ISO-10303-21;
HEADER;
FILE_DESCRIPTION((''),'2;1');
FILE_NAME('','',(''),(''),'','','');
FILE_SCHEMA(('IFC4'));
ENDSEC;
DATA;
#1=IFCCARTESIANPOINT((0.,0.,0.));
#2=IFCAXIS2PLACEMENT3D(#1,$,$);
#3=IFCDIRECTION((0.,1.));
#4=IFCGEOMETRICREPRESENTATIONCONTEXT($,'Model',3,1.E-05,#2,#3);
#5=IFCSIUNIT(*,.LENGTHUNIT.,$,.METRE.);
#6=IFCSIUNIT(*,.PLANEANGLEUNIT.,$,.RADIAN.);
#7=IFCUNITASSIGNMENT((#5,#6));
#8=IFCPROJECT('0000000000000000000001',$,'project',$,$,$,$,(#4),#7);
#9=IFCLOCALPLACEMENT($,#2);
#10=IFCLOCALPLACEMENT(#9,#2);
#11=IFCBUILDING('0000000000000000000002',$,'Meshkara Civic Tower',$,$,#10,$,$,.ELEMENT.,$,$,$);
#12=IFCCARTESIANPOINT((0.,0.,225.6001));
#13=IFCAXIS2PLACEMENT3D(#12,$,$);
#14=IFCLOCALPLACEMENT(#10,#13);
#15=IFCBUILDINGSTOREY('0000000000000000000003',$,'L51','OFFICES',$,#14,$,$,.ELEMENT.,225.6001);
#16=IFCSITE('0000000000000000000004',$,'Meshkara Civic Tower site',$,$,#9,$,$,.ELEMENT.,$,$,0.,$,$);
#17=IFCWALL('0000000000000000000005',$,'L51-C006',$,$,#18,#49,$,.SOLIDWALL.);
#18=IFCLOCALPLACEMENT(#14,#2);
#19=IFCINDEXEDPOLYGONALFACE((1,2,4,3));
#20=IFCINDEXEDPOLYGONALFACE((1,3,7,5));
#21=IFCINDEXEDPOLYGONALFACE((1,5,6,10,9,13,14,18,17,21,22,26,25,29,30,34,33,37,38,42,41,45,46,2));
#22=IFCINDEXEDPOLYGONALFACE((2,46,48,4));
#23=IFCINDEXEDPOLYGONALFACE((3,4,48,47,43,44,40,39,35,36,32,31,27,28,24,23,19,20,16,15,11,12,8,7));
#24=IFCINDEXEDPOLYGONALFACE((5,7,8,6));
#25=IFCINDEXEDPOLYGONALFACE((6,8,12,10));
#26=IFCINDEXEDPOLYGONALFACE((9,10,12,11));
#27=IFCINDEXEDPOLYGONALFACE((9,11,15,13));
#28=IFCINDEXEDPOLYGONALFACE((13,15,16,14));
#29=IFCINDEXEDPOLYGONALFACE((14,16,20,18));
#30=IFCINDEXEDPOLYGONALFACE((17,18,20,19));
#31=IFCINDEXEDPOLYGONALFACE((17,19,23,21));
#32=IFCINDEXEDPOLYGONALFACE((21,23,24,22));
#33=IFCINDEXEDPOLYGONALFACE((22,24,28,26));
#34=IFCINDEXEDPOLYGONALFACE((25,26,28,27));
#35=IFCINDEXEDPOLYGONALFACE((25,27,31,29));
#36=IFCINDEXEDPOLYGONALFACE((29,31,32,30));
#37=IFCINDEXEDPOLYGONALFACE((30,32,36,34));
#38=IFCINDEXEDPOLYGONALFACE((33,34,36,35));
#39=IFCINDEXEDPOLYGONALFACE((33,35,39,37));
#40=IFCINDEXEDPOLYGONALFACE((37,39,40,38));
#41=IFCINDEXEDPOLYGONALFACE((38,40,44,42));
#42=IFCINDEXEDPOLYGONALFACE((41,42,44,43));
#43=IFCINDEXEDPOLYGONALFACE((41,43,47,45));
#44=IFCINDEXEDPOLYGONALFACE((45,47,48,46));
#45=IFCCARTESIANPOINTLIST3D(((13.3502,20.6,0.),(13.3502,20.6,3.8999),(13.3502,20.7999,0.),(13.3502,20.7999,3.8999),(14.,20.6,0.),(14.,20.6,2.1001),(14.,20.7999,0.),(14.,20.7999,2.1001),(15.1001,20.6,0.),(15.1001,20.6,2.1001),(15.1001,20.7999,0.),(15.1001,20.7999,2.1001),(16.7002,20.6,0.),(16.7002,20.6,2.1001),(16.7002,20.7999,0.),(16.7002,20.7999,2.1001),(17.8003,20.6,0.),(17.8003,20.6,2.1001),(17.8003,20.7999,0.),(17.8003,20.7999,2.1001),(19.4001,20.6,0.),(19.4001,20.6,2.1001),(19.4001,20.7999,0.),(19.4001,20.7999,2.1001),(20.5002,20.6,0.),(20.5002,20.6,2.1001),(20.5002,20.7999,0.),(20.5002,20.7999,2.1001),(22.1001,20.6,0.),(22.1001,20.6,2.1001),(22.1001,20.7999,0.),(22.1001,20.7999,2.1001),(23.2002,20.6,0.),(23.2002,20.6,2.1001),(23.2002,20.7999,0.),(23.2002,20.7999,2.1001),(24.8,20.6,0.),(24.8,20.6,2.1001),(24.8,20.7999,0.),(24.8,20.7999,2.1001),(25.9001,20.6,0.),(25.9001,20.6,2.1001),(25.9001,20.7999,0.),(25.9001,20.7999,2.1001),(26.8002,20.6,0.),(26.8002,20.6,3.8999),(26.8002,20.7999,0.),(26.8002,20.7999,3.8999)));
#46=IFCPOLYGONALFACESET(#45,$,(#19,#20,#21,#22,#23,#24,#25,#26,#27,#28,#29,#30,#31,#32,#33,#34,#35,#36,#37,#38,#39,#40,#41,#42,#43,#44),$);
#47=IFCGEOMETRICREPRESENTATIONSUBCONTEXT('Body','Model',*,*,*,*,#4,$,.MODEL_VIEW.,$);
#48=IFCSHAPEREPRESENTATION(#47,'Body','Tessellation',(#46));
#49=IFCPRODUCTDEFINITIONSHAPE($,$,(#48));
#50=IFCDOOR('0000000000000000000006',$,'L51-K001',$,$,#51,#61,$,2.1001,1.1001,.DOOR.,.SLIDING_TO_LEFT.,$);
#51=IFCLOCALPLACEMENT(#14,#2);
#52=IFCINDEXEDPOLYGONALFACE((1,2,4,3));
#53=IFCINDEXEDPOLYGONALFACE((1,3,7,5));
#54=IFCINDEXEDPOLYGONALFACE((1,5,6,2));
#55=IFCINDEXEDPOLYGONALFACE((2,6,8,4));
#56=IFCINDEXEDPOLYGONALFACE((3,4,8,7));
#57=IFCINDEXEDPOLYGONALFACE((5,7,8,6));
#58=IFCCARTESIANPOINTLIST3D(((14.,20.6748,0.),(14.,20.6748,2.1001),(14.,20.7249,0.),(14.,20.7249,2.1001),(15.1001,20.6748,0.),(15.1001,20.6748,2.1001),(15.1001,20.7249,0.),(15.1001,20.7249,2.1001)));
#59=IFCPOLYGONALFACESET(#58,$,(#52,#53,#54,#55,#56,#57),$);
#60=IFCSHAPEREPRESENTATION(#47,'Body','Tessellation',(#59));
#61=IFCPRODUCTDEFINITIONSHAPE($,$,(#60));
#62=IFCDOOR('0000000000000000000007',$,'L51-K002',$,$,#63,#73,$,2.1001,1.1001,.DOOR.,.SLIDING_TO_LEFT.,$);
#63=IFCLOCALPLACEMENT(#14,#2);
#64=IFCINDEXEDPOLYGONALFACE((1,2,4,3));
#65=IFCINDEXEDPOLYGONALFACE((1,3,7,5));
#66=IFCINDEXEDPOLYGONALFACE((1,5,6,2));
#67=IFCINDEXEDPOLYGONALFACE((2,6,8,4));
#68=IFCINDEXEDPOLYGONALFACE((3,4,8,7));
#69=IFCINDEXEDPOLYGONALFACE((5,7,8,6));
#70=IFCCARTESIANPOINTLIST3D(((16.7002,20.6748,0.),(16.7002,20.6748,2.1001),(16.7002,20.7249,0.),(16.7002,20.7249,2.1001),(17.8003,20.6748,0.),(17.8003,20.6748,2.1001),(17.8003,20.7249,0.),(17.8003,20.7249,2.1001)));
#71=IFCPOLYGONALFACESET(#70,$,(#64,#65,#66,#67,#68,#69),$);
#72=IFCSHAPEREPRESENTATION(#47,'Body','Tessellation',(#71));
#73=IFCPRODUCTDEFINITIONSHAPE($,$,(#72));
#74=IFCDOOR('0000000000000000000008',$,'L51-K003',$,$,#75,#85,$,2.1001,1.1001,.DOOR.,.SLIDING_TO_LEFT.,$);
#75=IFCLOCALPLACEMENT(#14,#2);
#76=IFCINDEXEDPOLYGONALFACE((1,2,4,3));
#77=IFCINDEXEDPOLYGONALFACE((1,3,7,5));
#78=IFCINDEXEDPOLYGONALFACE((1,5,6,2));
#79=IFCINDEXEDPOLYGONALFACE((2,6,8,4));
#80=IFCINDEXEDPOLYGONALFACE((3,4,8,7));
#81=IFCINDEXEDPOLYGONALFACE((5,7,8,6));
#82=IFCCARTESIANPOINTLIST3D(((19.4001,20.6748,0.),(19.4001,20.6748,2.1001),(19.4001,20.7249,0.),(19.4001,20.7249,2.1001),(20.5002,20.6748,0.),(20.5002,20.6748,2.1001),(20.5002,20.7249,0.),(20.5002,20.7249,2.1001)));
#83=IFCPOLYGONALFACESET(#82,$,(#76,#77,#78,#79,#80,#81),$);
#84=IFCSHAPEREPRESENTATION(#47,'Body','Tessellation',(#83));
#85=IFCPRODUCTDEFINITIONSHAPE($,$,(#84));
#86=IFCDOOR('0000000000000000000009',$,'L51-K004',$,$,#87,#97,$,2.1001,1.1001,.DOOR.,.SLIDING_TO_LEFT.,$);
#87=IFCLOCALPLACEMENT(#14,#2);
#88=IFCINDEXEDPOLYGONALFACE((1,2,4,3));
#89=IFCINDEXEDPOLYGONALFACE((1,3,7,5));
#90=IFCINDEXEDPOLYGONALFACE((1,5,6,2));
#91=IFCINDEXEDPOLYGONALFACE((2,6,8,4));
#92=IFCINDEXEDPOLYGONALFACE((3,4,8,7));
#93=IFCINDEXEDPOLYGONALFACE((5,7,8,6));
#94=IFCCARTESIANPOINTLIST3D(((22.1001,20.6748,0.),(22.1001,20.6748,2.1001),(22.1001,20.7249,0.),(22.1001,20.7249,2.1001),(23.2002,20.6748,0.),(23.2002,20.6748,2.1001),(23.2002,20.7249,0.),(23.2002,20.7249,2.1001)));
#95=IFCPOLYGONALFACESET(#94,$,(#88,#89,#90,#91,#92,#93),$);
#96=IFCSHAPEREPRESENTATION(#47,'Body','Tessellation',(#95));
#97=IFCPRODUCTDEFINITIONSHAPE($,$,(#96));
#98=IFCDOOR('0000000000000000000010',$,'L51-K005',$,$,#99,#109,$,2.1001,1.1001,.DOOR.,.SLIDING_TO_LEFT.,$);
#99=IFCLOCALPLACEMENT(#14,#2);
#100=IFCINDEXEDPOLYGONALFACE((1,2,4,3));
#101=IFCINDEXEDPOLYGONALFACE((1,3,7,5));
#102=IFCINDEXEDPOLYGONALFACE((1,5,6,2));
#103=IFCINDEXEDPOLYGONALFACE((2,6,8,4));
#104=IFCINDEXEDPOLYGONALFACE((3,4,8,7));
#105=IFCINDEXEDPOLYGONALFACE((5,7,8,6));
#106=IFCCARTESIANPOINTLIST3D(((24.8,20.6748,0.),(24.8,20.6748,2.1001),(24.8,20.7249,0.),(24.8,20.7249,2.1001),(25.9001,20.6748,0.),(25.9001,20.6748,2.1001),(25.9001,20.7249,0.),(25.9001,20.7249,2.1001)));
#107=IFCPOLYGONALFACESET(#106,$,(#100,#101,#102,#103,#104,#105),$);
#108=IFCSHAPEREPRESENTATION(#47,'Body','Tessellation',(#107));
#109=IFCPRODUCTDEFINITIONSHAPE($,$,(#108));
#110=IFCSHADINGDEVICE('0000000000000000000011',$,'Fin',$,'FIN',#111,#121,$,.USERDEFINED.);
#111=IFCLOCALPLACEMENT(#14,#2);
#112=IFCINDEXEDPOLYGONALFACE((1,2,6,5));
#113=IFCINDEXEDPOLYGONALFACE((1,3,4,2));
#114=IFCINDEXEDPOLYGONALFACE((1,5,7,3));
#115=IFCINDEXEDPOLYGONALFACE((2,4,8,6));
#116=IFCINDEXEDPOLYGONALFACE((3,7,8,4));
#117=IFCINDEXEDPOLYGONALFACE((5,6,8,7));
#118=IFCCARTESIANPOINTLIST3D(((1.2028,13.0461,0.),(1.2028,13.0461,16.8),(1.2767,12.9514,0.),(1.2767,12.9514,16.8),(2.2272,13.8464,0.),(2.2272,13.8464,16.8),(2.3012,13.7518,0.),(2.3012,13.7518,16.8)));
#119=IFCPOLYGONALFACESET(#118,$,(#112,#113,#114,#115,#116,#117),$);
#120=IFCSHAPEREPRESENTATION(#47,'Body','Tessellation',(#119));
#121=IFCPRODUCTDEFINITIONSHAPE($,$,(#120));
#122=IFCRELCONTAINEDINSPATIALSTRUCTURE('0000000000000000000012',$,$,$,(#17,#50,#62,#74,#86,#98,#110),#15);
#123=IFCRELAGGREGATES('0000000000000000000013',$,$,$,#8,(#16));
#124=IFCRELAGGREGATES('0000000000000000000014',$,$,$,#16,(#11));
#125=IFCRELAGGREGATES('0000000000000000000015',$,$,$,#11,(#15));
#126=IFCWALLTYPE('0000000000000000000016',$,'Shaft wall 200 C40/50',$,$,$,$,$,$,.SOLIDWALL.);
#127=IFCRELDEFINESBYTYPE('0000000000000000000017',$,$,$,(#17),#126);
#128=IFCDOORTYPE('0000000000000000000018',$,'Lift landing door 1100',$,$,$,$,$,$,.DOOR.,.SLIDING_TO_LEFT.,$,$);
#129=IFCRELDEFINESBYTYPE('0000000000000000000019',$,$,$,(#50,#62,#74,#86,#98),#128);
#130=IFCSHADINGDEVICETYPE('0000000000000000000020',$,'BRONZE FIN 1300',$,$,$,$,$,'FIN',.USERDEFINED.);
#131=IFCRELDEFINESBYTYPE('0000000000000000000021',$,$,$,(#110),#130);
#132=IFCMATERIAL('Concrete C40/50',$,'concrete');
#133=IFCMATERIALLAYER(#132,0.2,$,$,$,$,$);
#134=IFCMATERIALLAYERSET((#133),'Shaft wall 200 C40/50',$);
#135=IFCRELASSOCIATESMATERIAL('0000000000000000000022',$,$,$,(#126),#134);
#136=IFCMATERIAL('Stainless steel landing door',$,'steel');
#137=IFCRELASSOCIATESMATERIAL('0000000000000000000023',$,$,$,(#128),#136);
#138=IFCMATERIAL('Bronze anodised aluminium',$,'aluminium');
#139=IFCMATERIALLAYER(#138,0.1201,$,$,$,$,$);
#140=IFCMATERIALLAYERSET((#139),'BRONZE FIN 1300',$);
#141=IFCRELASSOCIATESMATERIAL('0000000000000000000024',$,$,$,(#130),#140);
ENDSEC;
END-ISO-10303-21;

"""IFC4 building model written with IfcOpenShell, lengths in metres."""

from ifc_helpers import new_model, si_unit, direction, frame, frame_2d, origin, origin_2d, place, context, subcontext, project, spatial, rectangle, extrude, material, layer, layer_set, type_object, element, fill, save


model = new_model("IFC4")

# Units and contexts
model_context = context("Model", 3, precision=1e-05, world=origin(), true_north=direction((0.0, 1.0)))
body_context = subcontext(model_context, "Body", "Model", "MODEL_VIEW")
ifc_project = project(units=[si_unit("LENGTHUNIT", "METRE"), si_unit("PLANEANGLEUNIT", "RADIAN")], contexts=[model_context])

# Site, building, storey
site_placement = place(None, origin())
site = spatial("IfcSite", under=ifc_project, at=site_placement, Name="Meshkara Civic Tower site", CompositionType="ELEMENT", RefElevation=0.0)
building_placement = place(site_placement, origin())
building = spatial("IfcBuilding", under=site, at=building_placement, Name="Meshkara Civic Tower", CompositionType="ELEMENT")
storey_placement = place(building_placement, frame((0.0, 0.0, 225.6001)))
storey = spatial("IfcBuildingStorey", under=building, at=storey_placement, Name="L51", Description="OFFICES", CompositionType="ELEMENT", Elevation=225.6001)

# Wall, openings, doors
ifc_material_1 = material(Name="Concrete C40/50", Category="concrete")
ifc_layer_1 = layer(ifc_material_1, 0.2)
ifc_layer_set_1 = layer_set([ifc_layer_1], Name="Shaft wall 200 C40/50")
wall_type_1 = type_object("IfcWallType", Name="Shaft wall 200 C40/50", PredefinedType="SOLIDWALL", material=ifc_layer_set_1)
wall_1_placement = place(storey_placement, frame((13.3501, 20.7, 0.0), z_axis=(0.0, 0.0, 1.0), x_axis=(1.0, 0.0, 0.0)))
wall_1 = element("IfcWall", 1, at=wall_1_placement, inside=storey, type_object=wall_type_1, Name="L51-C006", PredefinedType="SOLIDWALL", context=body_context, shape_type="SweptSolid", body=[
    extrude(rectangle(XDim=13.45, YDim=0.2, at=frame_2d((6.7251, 0.0))), origin(), (0.0, 0.0, 1.0), 3.8999),
])
opening_1_placement = place(wall_1_placement, frame((0.6499, 0.0, 0.0)))
opening_1 = element("IfcOpeningElement", 2, at=opening_1_placement, cuts=wall_1, PredefinedType="OPENING", context=body_context, shape_type="SweptSolid", body=[
    extrude(rectangle(XDim=1.1001, YDim=2.1001, at=frame_2d((0.55, 1.05))), frame((0.0, 0.1099, 0.0), z_axis=(0.0, -1.0, 0.0), x_axis=(1.0, 0.0, 0.0)), (0.0, 0.0, 1.0), 0.22),
])
opening_2_placement = place(wall_1_placement, frame((3.3501, 0.0, 0.0)))
opening_2 = element("IfcOpeningElement", 3, at=opening_2_placement, cuts=wall_1, PredefinedType="OPENING", context=body_context, shape_type="SweptSolid", body=[
    extrude(rectangle(XDim=1.1001, YDim=2.1001, at=frame_2d((0.55, 1.05))), frame((0.0, 0.1099, 0.0), z_axis=(0.0, -1.0, 0.0), x_axis=(1.0, 0.0, 0.0)), (0.0, 0.0, 1.0), 0.22),
])
opening_3_placement = place(wall_1_placement, frame((6.05, 0.0, 0.0)))
opening_3 = element("IfcOpeningElement", 4, at=opening_3_placement, cuts=wall_1, PredefinedType="OPENING", context=body_context, shape_type="SweptSolid", body=[
    extrude(rectangle(XDim=1.1001, YDim=2.1001, at=frame_2d((0.55, 1.05))), frame((0.0, 0.1099, 0.0), z_axis=(0.0, -1.0, 0.0), x_axis=(1.0, 0.0, 0.0)), (0.0, 0.0, 1.0), 0.22),
])
opening_4_placement = place(wall_1_placement, frame((8.75, 0.0, 0.0)))
opening_4 = element("IfcOpeningElement", 5, at=opening_4_placement, cuts=wall_1, PredefinedType="OPENING", context=body_context, shape_type="SweptSolid", body=[
    extrude(rectangle(XDim=1.1001, YDim=2.1001, at=frame_2d((0.55, 1.05))), frame((0.0, 0.1099, 0.0), z_axis=(0.0, -1.0, 0.0), x_axis=(1.0, 0.0, 0.0)), (0.0, 0.0, 1.0), 0.22),
])
opening_5_placement = place(wall_1_placement, frame((11.45, 0.0, 0.0)))
opening_5 = element("IfcOpeningElement", 6, at=opening_5_placement, cuts=wall_1, PredefinedType="OPENING", context=body_context, shape_type="SweptSolid", body=[
    extrude(rectangle(XDim=1.1001, YDim=2.1001, at=frame_2d((0.55, 1.05))), frame((0.0, 0.1099, 0.0), z_axis=(0.0, -1.0, 0.0), x_axis=(1.0, 0.0, 0.0)), (0.0, 0.0, 1.0), 0.22),
])
ifc_material_2 = material(Name="Stainless steel landing door", Category="steel")
door_type_1 = type_object("IfcDoorType", Name="Lift landing door 1100", OperationType="SLIDING_TO_LEFT", PredefinedType="DOOR", material=ifc_material_2)
door_1_placement = place(opening_1_placement, origin())
door_1 = element("IfcDoor", 7, at=door_1_placement, inside=storey, type_object=door_type_1, Name="L51-K001", OperationType="SLIDING_TO_LEFT", OverallHeight=2.1001, OverallWidth=1.1001, PredefinedType="DOOR", context=body_context, shape_type="SweptSolid", body=[
    extrude(rectangle(XDim=1.1001, YDim=2.1001, at=frame_2d((0.55, 1.05))), frame((0.0, 0.0249, 0.0), z_axis=(0.0, -1.0, 0.0), x_axis=(1.0, 0.0, 0.0)), (0.0, 0.0, 1.0), 0.05),
])
fill(opening_1, door_1)
door_2_placement = place(opening_2_placement, origin())
door_2 = element("IfcDoor", 8, at=door_2_placement, inside=storey, type_object=door_type_1, Name="L51-K002", OperationType="SLIDING_TO_LEFT", OverallHeight=2.1001, OverallWidth=1.1001, PredefinedType="DOOR", context=body_context, shape_type="SweptSolid", body=[
    extrude(rectangle(XDim=1.1001, YDim=2.1001, at=frame_2d((0.55, 1.05))), frame((0.0, 0.0249, 0.0), z_axis=(0.0, -1.0, 0.0), x_axis=(1.0, 0.0, 0.0)), (0.0, 0.0, 1.0), 0.05),
])
fill(opening_2, door_2)
door_3_placement = place(opening_3_placement, origin())
door_3 = element("IfcDoor", 9, at=door_3_placement, inside=storey, type_object=door_type_1, Name="L51-K003", OperationType="SLIDING_TO_LEFT", OverallHeight=2.1001, OverallWidth=1.1001, PredefinedType="DOOR", context=body_context, shape_type="SweptSolid", body=[
    extrude(rectangle(XDim=1.1001, YDim=2.1001, at=frame_2d((0.55, 1.05))), frame((0.0, 0.0249, 0.0), z_axis=(0.0, -1.0, 0.0), x_axis=(1.0, 0.0, 0.0)), (0.0, 0.0, 1.0), 0.05),
])
fill(opening_3, door_3)
door_4_placement = place(opening_4_placement, origin())
door_4 = element("IfcDoor", 10, at=door_4_placement, inside=storey, type_object=door_type_1, Name="L51-K004", OperationType="SLIDING_TO_LEFT", OverallHeight=2.1001, OverallWidth=1.1001, PredefinedType="DOOR", context=body_context, shape_type="SweptSolid", body=[
    extrude(rectangle(XDim=1.1001, YDim=2.1001, at=frame_2d((0.55, 1.05))), frame((0.0, 0.0249, 0.0), z_axis=(0.0, -1.0, 0.0), x_axis=(1.0, 0.0, 0.0)), (0.0, 0.0, 1.0), 0.05),
])
fill(opening_4, door_4)
door_5_placement = place(opening_5_placement, origin())
door_5 = element("IfcDoor", 11, at=door_5_placement, inside=storey, type_object=door_type_1, Name="L51-K005", OperationType="SLIDING_TO_LEFT", OverallHeight=2.1001, OverallWidth=1.1001, PredefinedType="DOOR", context=body_context, shape_type="SweptSolid", body=[
    extrude(rectangle(XDim=1.1001, YDim=2.1001, at=frame_2d((0.55, 1.05))), frame((0.0, 0.0249, 0.0), z_axis=(0.0, -1.0, 0.0), x_axis=(1.0, 0.0, 0.0)), (0.0, 0.0, 1.0), 0.05),
])
fill(opening_5, door_5)

# Shading device
ifc_material_3 = material(Name="Bronze anodised aluminium", Category="aluminium")
ifc_layer_2 = layer(ifc_material_3, 0.1201)
ifc_layer_set_2 = layer_set([ifc_layer_2], Name="BRONZE FIN 1300")
shading_device_type = type_object("IfcShadingDeviceType", Name="BRONZE FIN 1300", ElementType="FIN", PredefinedType="USERDEFINED", material=ifc_layer_set_2)
shading_device_placement = place(storey_placement, frame((1.752, 13.3989, 0.0), z_axis=(0.0, 0.0, 1.0), x_axis=(0.615661, -0.788011, 0.0)))
element("IfcShadingDevice", 12, at=shading_device_placement, inside=storey, type_object=shading_device_type, Name="Fin", ObjectType="FIN", PredefinedType="USERDEFINED", context=body_context, shape_type="SweptSolid", body=[
    extrude(rectangle(XDim=0.1201, YDim=1.3, at=origin_2d()), origin(), (0.0, 0.0, 1.0), 16.8),
])

save(model, "model.ifc")
